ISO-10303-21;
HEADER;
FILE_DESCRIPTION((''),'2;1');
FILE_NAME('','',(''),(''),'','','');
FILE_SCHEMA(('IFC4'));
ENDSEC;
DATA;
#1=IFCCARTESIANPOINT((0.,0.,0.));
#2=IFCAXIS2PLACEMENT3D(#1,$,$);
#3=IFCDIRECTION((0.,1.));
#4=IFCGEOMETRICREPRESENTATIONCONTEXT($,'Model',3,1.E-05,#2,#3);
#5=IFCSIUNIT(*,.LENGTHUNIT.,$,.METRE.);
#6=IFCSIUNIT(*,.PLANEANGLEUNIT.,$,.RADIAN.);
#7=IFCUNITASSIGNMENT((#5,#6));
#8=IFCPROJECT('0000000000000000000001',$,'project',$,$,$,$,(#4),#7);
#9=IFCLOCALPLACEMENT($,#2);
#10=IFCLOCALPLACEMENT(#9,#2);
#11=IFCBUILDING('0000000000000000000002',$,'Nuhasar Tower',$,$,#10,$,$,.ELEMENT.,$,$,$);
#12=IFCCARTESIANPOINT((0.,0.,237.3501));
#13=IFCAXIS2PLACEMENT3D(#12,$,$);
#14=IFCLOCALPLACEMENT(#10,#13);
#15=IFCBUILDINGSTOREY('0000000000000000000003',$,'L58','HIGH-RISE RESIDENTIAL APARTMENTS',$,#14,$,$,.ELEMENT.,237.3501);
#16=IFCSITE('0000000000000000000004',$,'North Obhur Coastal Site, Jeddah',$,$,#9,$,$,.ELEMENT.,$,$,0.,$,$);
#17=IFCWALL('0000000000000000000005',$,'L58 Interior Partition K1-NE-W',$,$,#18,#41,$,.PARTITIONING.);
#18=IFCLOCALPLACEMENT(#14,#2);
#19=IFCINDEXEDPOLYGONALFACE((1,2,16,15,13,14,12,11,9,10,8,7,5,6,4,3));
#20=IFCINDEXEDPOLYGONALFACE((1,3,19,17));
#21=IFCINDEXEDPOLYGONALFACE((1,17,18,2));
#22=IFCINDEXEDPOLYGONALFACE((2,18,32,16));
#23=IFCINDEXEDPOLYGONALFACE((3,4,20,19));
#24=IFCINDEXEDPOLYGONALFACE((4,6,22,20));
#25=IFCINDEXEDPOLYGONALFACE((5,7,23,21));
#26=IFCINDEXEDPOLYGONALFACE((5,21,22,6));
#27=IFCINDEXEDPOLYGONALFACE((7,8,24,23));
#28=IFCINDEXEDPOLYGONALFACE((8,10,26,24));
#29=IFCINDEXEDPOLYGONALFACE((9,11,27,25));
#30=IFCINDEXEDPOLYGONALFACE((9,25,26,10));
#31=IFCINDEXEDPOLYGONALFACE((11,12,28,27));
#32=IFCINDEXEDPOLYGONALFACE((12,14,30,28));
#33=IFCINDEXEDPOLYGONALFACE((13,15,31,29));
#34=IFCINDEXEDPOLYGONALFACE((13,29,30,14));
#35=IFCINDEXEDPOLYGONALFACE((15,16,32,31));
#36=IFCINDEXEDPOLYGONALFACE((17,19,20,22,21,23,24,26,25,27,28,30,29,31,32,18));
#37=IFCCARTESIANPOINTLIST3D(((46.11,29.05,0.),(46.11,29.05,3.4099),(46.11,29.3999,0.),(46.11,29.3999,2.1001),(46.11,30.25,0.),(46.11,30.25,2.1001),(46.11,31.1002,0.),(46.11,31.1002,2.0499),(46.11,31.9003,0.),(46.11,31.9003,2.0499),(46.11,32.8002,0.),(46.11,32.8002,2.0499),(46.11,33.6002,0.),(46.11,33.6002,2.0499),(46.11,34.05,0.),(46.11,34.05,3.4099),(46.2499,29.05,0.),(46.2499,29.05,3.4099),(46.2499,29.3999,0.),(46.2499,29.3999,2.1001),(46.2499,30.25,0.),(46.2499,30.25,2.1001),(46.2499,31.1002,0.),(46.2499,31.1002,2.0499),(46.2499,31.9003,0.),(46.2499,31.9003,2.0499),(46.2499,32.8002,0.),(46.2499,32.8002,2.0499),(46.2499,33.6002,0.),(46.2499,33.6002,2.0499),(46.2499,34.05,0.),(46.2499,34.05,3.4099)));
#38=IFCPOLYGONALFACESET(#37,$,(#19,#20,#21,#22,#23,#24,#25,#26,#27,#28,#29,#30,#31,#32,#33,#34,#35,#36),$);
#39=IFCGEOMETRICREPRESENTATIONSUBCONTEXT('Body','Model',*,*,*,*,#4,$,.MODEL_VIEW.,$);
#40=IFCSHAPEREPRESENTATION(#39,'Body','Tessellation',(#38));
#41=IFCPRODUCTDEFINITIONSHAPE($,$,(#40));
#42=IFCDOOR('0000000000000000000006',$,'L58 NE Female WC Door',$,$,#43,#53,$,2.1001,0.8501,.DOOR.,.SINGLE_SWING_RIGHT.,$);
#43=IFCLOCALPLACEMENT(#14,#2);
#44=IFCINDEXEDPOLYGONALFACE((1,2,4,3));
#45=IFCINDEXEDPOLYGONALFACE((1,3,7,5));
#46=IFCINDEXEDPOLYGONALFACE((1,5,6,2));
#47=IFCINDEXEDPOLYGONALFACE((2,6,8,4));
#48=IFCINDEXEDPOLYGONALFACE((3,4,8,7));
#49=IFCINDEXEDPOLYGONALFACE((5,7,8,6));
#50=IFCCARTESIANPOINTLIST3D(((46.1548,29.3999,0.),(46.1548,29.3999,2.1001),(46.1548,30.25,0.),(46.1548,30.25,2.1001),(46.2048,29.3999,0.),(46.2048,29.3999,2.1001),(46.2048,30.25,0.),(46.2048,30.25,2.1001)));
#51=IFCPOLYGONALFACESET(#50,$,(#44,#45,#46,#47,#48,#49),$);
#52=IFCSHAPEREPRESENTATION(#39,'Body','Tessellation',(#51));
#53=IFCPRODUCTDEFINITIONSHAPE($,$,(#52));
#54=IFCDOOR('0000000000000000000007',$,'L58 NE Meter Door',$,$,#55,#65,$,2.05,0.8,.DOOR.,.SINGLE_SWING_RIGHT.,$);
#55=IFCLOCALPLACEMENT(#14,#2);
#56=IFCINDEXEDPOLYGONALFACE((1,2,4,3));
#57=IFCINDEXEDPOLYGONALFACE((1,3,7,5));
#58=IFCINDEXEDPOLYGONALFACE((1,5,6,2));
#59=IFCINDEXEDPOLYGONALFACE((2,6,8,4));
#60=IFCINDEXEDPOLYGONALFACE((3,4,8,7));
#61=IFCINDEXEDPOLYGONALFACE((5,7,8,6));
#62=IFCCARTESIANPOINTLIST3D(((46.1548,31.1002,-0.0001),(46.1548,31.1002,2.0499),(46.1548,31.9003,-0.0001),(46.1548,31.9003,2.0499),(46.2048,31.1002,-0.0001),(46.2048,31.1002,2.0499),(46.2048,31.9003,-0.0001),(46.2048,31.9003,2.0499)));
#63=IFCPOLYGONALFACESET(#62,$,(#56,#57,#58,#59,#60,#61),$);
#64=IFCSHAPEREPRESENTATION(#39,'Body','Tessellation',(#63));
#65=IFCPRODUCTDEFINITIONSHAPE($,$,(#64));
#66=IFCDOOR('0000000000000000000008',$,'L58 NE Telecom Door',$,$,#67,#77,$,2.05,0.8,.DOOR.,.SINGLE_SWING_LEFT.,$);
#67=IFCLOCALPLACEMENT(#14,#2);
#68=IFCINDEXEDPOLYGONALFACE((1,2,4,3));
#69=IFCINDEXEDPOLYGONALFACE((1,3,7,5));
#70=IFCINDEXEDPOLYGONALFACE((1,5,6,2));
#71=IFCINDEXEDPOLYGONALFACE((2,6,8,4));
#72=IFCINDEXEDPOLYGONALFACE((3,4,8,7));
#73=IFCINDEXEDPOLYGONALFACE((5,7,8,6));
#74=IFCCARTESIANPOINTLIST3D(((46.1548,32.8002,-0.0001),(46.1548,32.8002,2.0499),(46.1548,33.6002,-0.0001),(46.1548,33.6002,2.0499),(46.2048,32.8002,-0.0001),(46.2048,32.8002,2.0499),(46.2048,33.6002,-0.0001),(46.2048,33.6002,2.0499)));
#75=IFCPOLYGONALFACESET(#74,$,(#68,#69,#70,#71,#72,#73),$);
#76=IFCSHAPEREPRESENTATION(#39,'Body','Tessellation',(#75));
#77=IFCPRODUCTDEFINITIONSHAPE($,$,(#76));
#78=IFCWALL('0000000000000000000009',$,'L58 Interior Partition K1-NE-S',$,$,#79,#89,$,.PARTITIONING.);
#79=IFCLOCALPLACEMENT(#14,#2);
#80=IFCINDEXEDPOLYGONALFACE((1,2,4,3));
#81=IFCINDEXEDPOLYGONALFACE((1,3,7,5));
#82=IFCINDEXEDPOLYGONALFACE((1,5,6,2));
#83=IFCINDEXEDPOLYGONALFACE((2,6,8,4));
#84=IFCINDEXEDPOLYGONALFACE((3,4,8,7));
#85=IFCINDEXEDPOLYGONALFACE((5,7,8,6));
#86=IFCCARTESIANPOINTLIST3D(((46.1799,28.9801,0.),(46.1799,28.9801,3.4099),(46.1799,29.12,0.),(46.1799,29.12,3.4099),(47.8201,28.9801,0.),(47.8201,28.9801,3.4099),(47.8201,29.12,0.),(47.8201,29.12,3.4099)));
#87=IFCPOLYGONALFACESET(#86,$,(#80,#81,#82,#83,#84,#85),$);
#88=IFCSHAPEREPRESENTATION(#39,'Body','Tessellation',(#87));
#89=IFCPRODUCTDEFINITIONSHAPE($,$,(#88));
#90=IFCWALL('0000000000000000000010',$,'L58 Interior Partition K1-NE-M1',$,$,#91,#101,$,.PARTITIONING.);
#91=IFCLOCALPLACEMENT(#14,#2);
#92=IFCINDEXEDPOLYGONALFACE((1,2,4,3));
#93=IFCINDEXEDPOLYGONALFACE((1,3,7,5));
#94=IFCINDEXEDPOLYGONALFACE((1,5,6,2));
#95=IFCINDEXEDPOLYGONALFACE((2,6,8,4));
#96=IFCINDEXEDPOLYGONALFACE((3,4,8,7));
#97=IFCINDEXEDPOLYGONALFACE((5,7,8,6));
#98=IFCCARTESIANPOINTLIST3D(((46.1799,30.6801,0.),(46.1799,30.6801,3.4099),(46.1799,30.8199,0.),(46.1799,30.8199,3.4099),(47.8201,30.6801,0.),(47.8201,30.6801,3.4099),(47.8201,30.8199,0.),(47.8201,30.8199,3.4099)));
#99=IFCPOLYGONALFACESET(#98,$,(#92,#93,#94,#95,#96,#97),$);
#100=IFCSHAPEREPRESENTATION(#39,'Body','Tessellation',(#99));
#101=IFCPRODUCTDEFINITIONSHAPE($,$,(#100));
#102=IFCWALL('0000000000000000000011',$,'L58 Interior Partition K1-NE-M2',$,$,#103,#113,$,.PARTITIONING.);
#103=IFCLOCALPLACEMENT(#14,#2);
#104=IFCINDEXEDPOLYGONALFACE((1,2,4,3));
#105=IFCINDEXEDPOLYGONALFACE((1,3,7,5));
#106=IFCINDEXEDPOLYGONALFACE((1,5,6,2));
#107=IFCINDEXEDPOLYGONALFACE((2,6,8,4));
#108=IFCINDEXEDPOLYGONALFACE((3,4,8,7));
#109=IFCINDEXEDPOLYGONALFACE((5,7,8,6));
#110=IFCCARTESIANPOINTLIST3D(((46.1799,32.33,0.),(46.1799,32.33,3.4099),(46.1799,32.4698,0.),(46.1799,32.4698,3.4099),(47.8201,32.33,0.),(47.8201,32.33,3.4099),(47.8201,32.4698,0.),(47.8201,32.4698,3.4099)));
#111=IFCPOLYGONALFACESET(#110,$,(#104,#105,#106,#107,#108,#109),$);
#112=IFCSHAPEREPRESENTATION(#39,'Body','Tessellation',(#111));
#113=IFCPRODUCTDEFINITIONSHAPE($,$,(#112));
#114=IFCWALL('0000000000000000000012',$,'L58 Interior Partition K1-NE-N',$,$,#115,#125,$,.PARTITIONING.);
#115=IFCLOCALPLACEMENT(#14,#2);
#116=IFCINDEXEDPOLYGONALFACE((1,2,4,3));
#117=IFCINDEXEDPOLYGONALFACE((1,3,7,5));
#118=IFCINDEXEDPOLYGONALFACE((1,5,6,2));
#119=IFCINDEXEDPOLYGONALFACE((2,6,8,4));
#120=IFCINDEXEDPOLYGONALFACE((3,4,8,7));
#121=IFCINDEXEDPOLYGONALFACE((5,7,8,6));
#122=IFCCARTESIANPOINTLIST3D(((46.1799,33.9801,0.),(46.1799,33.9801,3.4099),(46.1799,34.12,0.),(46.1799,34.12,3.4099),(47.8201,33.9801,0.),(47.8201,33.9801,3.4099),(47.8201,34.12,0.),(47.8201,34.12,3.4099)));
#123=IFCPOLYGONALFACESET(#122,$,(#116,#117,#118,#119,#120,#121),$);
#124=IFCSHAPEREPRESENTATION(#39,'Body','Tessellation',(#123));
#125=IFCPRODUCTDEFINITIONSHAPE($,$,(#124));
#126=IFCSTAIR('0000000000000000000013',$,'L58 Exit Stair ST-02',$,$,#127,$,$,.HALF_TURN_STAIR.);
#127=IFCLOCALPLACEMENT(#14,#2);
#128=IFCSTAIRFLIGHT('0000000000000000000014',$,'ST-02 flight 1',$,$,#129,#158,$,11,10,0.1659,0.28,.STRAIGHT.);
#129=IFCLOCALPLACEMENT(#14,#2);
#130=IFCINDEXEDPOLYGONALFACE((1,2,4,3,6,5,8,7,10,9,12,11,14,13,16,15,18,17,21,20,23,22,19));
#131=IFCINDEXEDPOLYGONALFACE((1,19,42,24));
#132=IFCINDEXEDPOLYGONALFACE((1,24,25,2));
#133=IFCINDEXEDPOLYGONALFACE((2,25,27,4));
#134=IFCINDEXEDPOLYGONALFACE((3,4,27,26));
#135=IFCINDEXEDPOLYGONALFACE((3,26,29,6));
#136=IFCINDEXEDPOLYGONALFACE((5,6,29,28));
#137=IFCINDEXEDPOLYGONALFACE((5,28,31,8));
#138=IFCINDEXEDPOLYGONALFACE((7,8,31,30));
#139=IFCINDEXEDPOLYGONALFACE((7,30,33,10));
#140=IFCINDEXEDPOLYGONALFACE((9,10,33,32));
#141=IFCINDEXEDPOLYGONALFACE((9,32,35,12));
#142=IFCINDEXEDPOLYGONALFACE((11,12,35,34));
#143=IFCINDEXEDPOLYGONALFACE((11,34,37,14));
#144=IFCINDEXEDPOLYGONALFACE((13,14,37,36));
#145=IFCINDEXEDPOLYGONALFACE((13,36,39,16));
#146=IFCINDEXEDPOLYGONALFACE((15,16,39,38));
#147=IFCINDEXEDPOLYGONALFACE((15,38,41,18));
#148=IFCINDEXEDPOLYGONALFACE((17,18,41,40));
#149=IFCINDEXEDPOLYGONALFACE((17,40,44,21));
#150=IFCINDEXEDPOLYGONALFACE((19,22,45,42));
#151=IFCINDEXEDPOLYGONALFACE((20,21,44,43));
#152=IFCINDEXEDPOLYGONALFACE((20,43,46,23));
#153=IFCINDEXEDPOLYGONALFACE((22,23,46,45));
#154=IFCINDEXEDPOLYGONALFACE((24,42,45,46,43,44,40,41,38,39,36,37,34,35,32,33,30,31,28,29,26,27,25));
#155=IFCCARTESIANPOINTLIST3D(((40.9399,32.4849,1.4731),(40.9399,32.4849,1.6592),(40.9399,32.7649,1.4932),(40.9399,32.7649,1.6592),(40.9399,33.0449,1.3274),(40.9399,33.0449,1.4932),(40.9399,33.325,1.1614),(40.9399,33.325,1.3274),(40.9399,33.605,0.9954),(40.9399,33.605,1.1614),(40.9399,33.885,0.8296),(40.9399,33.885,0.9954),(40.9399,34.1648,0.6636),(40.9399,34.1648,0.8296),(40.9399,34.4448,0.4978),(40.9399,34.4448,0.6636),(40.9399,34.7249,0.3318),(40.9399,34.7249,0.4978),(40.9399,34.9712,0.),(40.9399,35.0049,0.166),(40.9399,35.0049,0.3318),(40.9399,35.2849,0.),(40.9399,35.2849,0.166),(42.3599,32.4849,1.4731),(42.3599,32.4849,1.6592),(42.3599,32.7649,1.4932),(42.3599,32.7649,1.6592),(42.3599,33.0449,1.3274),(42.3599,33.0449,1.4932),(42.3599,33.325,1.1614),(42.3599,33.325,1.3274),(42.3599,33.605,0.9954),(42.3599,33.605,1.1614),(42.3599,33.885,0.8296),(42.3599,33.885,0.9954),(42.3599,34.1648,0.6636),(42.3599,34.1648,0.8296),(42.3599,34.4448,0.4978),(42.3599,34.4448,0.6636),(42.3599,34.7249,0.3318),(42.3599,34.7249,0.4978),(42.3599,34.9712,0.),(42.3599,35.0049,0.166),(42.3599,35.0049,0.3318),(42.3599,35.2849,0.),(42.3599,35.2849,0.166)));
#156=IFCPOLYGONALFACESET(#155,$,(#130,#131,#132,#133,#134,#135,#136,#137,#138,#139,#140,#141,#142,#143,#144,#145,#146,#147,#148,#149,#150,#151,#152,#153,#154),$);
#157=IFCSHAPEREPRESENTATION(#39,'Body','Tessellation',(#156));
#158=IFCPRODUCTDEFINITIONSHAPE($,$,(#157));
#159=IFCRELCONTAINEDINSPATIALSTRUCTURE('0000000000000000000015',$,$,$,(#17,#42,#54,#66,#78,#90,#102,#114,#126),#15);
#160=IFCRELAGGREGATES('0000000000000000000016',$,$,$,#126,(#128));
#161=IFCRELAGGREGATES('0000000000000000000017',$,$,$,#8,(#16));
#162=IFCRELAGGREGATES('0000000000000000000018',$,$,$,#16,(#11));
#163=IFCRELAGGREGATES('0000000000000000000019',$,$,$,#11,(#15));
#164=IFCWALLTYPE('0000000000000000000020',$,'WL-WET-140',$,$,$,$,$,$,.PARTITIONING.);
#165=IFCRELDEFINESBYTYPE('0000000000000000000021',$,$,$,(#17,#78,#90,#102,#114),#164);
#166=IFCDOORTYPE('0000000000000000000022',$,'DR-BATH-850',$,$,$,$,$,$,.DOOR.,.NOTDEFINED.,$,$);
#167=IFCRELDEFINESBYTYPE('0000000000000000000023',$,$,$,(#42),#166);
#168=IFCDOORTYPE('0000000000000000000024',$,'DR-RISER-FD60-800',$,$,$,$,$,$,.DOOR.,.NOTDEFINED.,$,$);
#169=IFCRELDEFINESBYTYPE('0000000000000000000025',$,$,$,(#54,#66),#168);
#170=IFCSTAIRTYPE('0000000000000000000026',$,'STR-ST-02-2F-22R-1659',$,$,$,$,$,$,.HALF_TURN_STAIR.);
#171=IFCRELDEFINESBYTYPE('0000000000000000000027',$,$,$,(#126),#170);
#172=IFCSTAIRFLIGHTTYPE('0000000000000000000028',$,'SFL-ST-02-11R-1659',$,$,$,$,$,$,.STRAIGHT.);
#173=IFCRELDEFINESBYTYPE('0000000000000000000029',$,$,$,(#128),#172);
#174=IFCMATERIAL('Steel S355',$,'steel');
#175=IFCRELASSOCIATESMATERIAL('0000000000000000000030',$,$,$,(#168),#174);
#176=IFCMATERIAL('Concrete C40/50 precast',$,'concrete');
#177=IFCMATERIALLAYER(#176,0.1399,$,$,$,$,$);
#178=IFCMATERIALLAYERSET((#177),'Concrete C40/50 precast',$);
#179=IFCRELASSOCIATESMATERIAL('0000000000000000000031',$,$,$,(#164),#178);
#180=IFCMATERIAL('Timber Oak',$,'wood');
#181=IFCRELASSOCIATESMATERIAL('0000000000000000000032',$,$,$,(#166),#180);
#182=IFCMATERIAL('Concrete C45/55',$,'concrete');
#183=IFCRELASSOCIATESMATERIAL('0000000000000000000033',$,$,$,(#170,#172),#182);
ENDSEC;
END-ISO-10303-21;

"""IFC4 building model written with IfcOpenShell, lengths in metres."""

from ifc_helpers import new_model, si_unit, direction, frame, frame_2d, origin, place, context, subcontext, project, spatial, polyline, rectangle, outline, extrude, material, layer, layer_set, type_object, element, fill, aggregate, save


model = new_model("IFC4")

# Units and contexts
model_context = context("Model", 3, precision=1e-05, world=origin(), true_north=direction((0.0, 1.0)))
body_context = subcontext(model_context, "Body", "Model", "MODEL_VIEW")
ifc_project = project(units=[si_unit("LENGTHUNIT", "METRE"), si_unit("PLANEANGLEUNIT", "RADIAN")], contexts=[model_context])

# Site, building, storey
site_placement = place(None, origin())
site = spatial("IfcSite", under=ifc_project, at=site_placement, Name="North Obhur Coastal Site, Jeddah", CompositionType="ELEMENT", RefElevation=0.0)
building_placement = place(site_placement, origin())
building = spatial("IfcBuilding", under=site, at=building_placement, Name="Nuhasar Tower", CompositionType="ELEMENT")
storey_placement = place(building_placement, frame((0.0, 0.0, 237.3501)))
storey = spatial("IfcBuildingStorey", under=building, at=storey_placement, Name="L58", Description="HIGH-RISE RESIDENTIAL APARTMENTS", CompositionType="ELEMENT", Elevation=237.3501)

# Shared definitions
ifc_material_1 = material(Name="Steel S355", Category="steel")

# Shared definitions
ifc_material_2 = material(Name="Concrete C45/55", Category="concrete")

# Shared definitions
door_type_1 = type_object("IfcDoorType", Name="DR-RISER-FD60-800", OperationType="NOTDEFINED", PredefinedType="DOOR", material=ifc_material_1)

# Shared definitions
ifc_material_3 = material(Name="Concrete C40/50 precast", Category="concrete")
ifc_layer_1 = layer(ifc_material_3, 0.1399)
ifc_layer_set_1 = layer_set([ifc_layer_1], Name="Concrete C40/50 precast")
wall_type_1 = type_object("IfcWallType", Name="WL-WET-140", PredefinedType="PARTITIONING", material=ifc_layer_set_1)

# Wall, openings, doors
wall_1_placement = place(storey_placement, frame((46.1799, 34.05, 0.0), z_axis=(0.0, 0.0, 1.0), x_axis=(0.0, -1.0, 0.0)))
wall_1 = element("IfcWall", 1, at=wall_1_placement, inside=storey, type_object=wall_type_1, Name="L58 Interior Partition K1-NE-W", PredefinedType="PARTITIONING", context=body_context, shape_type="SweptSolid", body=[
    extrude(rectangle(XDim=5.0, YDim=0.1399, at=frame_2d((2.5, 0.0))), origin(), (0.0, 0.0, 1.0), 3.4099),
])
opening_1_placement = place(wall_1_placement, frame((3.8, 0.0, 0.0)))
opening_1 = element("IfcOpeningElement", 2, at=opening_1_placement, cuts=wall_1, PredefinedType="OPENING", context=body_context, shape_type="SweptSolid", body=[
    extrude(rectangle(XDim=0.8501, YDim=2.1001, at=frame_2d((0.425, 1.05))), frame((0.0, 0.0801, 0.0), z_axis=(0.0, -1.0, 0.0), x_axis=(1.0, 0.0, 0.0)), (0.0, 0.0, 1.0), 0.1599),
])
opening_2_placement = place(wall_1_placement, frame((2.1499, 0.0, 0.0)))
opening_2 = element("IfcOpeningElement", 3, at=opening_2_placement, cuts=wall_1, PredefinedType="OPENING", context=body_context, shape_type="SweptSolid", body=[
    extrude(rectangle(XDim=0.8, YDim=2.05, at=frame_2d((0.3999, 1.0249))), frame((0.0, 0.0801, 0.0), z_axis=(0.0, -1.0, 0.0), x_axis=(1.0, 0.0, 0.0)), (0.0, 0.0, 1.0), 0.1599),
])
opening_3_placement = place(wall_1_placement, frame((0.45, 0.0, 0.0)))
opening_3 = element("IfcOpeningElement", 4, at=opening_3_placement, cuts=wall_1, PredefinedType="OPENING", context=body_context, shape_type="SweptSolid", body=[
    extrude(rectangle(XDim=0.8, YDim=2.05, at=frame_2d((0.3999, 1.0249))), frame((0.0, 0.0801, 0.0), z_axis=(0.0, -1.0, 0.0), x_axis=(1.0, 0.0, 0.0)), (0.0, 0.0, 1.0), 0.1599),
])
ifc_material_4 = material(Name="Timber Oak", Category="wood")
door_type_2 = type_object("IfcDoorType", Name="DR-BATH-850", OperationType="NOTDEFINED", PredefinedType="DOOR", material=ifc_material_4)
door_1_placement = place(opening_1_placement, origin())
door_1 = element("IfcDoor", 5, at=door_1_placement, inside=storey, type_object=door_type_2, Name="L58 NE Female WC Door", OperationType="SINGLE_SWING_RIGHT", OverallHeight=2.1001, OverallWidth=0.8501, PredefinedType="DOOR", context=body_context, shape_type="SweptSolid", body=[
    extrude(rectangle(XDim=0.8501, YDim=2.1001, at=frame_2d((0.425, 1.05))), frame((0.0, 0.0249, 0.0), z_axis=(0.0, -1.0, 0.0), x_axis=(1.0, 0.0, 0.0)), (0.0, 0.0, 1.0), 0.05),
])
fill(opening_1, door_1)
door_2_placement = place(opening_2_placement, origin())
door_2 = element("IfcDoor", 6, at=door_2_placement, inside=storey, type_object=door_type_1, Name="L58 NE Meter Door", OperationType="SINGLE_SWING_RIGHT", OverallHeight=2.05, OverallWidth=0.8, PredefinedType="DOOR", context=body_context, shape_type="SweptSolid", body=[
    extrude(rectangle(XDim=0.8, YDim=2.05, at=frame_2d((0.3999, 1.0249))), frame((0.0, 0.0249, 0.0), z_axis=(0.0, -1.0, 0.0), x_axis=(1.0, 0.0, 0.0)), (0.0, 0.0, 1.0), 0.05),
])
fill(opening_2, door_2)
door_3_placement = place(opening_3_placement, origin())
door_3 = element("IfcDoor", 7, at=door_3_placement, inside=storey, type_object=door_type_1, Name="L58 NE Telecom Door", OperationType="SINGLE_SWING_LEFT", OverallHeight=2.05, OverallWidth=0.8, PredefinedType="DOOR", context=body_context, shape_type="SweptSolid", body=[
    extrude(rectangle(XDim=0.8, YDim=2.05, at=frame_2d((0.3999, 1.0249))), frame((0.0, 0.0249, 0.0), z_axis=(0.0, -1.0, 0.0), x_axis=(1.0, 0.0, 0.0)), (0.0, 0.0, 1.0), 0.05),
])
fill(opening_3, door_3)

# Walls
for number, where, z_axis, x_axis, name in (
    (8, (46.1799, 29.05, 0.0), (0.0, 0.0, 1.0), (1.0, 0.0, 0.0), "L58 Interior Partition K1-NE-S"),
    (9, (46.1799, 30.75, 0.0), (0.0, 0.0, 1.0), (1.0, 0.0, 0.0), "L58 Interior Partition K1-NE-M1"),
    (10, (46.1799, 32.3999, 0.0), (0.0, 0.0, 1.0), (1.0, 0.0, 0.0), "L58 Interior Partition K1-NE-M2"),
    (11, (46.1799, 34.05, 0.0), (0.0, 0.0, 1.0), (1.0, 0.0, 0.0), "L58 Interior Partition K1-NE-N"),
):
    element("IfcWall", number, at=place(storey_placement, frame(where, z_axis=z_axis, x_axis=x_axis)), inside=storey, type_object=wall_type_1, Name=name, PredefinedType="PARTITIONING", context=body_context, shape_type="SweptSolid", body=[
        extrude(rectangle(XDim=1.6401, YDim=0.1399, at=frame_2d((0.8201, 0.0))), origin(), (0.0, 0.0, 1.0), 3.4099),
    ])

# Stair, stair flight
stair_type_1 = type_object("IfcStairType", Name="STR-ST-02-2F-22R-1659", PredefinedType="HALF_TURN_STAIR", material=ifc_material_2)
stair_1_placement = place(storey_placement, origin())
stair_1 = element("IfcStair", 12, at=stair_1_placement, inside=storey, type_object=stair_type_1, Name="L58 Exit Stair ST-02", PredefinedType="HALF_TURN_STAIR")
stair_flight_type_1 = type_object("IfcStairFlightType", Name="SFL-ST-02-11R-1659", PredefinedType="STRAIGHT", material=ifc_material_2)
stair_flight_1_placement = place(storey_placement, frame((41.6499, 35.2849, 0.0), z_axis=(0.0, 0.0, 1.0), x_axis=(0.0, -1.0, 0.0)))
stair_flight_1 = element("IfcStairFlight", 13, at=stair_flight_1_placement, type_object=stair_flight_type_1, Name="ST-02 flight 1", NumberOfRisers=11, NumberOfTreads=10, PredefinedType="STRAIGHT", RiserHeight=0.1659, TreadLength=0.28, context=body_context, shape_type="SweptSolid", body=[
    extrude(outline(polyline([(0.0, 0.0), (0.0, 0.166), (0.28, 0.166), (0.28, 0.3318), (0.5601, 0.3318), (0.5601, 0.4978), (0.8401, 0.4978), (0.8401, 0.6636), (1.1201, 0.6636), (1.1201, 0.8296), (1.3999, 0.8296), (1.3999, 0.9954), (1.6799, 0.9954), (1.6799, 1.1614), (1.96, 1.1614), (1.96, 1.3274), (2.24, 1.3274), (2.24, 1.4932), (2.52, 1.4932), (2.52, 1.6592), (2.8, 1.6592), (2.8, 1.825), (2.8, 1.4731), (0.3137, 0.0), (0.0, 0.0)])), frame((0.0, 0.71, 0.0), z_axis=(0.0, -1.0, 0.0), x_axis=(1.0, 0.0, 0.0)), (0.0, 0.0, 1.0), 1.4199),
])
aggregate(stair_1, [stair_flight_1])

save(model, "model.ifc")
